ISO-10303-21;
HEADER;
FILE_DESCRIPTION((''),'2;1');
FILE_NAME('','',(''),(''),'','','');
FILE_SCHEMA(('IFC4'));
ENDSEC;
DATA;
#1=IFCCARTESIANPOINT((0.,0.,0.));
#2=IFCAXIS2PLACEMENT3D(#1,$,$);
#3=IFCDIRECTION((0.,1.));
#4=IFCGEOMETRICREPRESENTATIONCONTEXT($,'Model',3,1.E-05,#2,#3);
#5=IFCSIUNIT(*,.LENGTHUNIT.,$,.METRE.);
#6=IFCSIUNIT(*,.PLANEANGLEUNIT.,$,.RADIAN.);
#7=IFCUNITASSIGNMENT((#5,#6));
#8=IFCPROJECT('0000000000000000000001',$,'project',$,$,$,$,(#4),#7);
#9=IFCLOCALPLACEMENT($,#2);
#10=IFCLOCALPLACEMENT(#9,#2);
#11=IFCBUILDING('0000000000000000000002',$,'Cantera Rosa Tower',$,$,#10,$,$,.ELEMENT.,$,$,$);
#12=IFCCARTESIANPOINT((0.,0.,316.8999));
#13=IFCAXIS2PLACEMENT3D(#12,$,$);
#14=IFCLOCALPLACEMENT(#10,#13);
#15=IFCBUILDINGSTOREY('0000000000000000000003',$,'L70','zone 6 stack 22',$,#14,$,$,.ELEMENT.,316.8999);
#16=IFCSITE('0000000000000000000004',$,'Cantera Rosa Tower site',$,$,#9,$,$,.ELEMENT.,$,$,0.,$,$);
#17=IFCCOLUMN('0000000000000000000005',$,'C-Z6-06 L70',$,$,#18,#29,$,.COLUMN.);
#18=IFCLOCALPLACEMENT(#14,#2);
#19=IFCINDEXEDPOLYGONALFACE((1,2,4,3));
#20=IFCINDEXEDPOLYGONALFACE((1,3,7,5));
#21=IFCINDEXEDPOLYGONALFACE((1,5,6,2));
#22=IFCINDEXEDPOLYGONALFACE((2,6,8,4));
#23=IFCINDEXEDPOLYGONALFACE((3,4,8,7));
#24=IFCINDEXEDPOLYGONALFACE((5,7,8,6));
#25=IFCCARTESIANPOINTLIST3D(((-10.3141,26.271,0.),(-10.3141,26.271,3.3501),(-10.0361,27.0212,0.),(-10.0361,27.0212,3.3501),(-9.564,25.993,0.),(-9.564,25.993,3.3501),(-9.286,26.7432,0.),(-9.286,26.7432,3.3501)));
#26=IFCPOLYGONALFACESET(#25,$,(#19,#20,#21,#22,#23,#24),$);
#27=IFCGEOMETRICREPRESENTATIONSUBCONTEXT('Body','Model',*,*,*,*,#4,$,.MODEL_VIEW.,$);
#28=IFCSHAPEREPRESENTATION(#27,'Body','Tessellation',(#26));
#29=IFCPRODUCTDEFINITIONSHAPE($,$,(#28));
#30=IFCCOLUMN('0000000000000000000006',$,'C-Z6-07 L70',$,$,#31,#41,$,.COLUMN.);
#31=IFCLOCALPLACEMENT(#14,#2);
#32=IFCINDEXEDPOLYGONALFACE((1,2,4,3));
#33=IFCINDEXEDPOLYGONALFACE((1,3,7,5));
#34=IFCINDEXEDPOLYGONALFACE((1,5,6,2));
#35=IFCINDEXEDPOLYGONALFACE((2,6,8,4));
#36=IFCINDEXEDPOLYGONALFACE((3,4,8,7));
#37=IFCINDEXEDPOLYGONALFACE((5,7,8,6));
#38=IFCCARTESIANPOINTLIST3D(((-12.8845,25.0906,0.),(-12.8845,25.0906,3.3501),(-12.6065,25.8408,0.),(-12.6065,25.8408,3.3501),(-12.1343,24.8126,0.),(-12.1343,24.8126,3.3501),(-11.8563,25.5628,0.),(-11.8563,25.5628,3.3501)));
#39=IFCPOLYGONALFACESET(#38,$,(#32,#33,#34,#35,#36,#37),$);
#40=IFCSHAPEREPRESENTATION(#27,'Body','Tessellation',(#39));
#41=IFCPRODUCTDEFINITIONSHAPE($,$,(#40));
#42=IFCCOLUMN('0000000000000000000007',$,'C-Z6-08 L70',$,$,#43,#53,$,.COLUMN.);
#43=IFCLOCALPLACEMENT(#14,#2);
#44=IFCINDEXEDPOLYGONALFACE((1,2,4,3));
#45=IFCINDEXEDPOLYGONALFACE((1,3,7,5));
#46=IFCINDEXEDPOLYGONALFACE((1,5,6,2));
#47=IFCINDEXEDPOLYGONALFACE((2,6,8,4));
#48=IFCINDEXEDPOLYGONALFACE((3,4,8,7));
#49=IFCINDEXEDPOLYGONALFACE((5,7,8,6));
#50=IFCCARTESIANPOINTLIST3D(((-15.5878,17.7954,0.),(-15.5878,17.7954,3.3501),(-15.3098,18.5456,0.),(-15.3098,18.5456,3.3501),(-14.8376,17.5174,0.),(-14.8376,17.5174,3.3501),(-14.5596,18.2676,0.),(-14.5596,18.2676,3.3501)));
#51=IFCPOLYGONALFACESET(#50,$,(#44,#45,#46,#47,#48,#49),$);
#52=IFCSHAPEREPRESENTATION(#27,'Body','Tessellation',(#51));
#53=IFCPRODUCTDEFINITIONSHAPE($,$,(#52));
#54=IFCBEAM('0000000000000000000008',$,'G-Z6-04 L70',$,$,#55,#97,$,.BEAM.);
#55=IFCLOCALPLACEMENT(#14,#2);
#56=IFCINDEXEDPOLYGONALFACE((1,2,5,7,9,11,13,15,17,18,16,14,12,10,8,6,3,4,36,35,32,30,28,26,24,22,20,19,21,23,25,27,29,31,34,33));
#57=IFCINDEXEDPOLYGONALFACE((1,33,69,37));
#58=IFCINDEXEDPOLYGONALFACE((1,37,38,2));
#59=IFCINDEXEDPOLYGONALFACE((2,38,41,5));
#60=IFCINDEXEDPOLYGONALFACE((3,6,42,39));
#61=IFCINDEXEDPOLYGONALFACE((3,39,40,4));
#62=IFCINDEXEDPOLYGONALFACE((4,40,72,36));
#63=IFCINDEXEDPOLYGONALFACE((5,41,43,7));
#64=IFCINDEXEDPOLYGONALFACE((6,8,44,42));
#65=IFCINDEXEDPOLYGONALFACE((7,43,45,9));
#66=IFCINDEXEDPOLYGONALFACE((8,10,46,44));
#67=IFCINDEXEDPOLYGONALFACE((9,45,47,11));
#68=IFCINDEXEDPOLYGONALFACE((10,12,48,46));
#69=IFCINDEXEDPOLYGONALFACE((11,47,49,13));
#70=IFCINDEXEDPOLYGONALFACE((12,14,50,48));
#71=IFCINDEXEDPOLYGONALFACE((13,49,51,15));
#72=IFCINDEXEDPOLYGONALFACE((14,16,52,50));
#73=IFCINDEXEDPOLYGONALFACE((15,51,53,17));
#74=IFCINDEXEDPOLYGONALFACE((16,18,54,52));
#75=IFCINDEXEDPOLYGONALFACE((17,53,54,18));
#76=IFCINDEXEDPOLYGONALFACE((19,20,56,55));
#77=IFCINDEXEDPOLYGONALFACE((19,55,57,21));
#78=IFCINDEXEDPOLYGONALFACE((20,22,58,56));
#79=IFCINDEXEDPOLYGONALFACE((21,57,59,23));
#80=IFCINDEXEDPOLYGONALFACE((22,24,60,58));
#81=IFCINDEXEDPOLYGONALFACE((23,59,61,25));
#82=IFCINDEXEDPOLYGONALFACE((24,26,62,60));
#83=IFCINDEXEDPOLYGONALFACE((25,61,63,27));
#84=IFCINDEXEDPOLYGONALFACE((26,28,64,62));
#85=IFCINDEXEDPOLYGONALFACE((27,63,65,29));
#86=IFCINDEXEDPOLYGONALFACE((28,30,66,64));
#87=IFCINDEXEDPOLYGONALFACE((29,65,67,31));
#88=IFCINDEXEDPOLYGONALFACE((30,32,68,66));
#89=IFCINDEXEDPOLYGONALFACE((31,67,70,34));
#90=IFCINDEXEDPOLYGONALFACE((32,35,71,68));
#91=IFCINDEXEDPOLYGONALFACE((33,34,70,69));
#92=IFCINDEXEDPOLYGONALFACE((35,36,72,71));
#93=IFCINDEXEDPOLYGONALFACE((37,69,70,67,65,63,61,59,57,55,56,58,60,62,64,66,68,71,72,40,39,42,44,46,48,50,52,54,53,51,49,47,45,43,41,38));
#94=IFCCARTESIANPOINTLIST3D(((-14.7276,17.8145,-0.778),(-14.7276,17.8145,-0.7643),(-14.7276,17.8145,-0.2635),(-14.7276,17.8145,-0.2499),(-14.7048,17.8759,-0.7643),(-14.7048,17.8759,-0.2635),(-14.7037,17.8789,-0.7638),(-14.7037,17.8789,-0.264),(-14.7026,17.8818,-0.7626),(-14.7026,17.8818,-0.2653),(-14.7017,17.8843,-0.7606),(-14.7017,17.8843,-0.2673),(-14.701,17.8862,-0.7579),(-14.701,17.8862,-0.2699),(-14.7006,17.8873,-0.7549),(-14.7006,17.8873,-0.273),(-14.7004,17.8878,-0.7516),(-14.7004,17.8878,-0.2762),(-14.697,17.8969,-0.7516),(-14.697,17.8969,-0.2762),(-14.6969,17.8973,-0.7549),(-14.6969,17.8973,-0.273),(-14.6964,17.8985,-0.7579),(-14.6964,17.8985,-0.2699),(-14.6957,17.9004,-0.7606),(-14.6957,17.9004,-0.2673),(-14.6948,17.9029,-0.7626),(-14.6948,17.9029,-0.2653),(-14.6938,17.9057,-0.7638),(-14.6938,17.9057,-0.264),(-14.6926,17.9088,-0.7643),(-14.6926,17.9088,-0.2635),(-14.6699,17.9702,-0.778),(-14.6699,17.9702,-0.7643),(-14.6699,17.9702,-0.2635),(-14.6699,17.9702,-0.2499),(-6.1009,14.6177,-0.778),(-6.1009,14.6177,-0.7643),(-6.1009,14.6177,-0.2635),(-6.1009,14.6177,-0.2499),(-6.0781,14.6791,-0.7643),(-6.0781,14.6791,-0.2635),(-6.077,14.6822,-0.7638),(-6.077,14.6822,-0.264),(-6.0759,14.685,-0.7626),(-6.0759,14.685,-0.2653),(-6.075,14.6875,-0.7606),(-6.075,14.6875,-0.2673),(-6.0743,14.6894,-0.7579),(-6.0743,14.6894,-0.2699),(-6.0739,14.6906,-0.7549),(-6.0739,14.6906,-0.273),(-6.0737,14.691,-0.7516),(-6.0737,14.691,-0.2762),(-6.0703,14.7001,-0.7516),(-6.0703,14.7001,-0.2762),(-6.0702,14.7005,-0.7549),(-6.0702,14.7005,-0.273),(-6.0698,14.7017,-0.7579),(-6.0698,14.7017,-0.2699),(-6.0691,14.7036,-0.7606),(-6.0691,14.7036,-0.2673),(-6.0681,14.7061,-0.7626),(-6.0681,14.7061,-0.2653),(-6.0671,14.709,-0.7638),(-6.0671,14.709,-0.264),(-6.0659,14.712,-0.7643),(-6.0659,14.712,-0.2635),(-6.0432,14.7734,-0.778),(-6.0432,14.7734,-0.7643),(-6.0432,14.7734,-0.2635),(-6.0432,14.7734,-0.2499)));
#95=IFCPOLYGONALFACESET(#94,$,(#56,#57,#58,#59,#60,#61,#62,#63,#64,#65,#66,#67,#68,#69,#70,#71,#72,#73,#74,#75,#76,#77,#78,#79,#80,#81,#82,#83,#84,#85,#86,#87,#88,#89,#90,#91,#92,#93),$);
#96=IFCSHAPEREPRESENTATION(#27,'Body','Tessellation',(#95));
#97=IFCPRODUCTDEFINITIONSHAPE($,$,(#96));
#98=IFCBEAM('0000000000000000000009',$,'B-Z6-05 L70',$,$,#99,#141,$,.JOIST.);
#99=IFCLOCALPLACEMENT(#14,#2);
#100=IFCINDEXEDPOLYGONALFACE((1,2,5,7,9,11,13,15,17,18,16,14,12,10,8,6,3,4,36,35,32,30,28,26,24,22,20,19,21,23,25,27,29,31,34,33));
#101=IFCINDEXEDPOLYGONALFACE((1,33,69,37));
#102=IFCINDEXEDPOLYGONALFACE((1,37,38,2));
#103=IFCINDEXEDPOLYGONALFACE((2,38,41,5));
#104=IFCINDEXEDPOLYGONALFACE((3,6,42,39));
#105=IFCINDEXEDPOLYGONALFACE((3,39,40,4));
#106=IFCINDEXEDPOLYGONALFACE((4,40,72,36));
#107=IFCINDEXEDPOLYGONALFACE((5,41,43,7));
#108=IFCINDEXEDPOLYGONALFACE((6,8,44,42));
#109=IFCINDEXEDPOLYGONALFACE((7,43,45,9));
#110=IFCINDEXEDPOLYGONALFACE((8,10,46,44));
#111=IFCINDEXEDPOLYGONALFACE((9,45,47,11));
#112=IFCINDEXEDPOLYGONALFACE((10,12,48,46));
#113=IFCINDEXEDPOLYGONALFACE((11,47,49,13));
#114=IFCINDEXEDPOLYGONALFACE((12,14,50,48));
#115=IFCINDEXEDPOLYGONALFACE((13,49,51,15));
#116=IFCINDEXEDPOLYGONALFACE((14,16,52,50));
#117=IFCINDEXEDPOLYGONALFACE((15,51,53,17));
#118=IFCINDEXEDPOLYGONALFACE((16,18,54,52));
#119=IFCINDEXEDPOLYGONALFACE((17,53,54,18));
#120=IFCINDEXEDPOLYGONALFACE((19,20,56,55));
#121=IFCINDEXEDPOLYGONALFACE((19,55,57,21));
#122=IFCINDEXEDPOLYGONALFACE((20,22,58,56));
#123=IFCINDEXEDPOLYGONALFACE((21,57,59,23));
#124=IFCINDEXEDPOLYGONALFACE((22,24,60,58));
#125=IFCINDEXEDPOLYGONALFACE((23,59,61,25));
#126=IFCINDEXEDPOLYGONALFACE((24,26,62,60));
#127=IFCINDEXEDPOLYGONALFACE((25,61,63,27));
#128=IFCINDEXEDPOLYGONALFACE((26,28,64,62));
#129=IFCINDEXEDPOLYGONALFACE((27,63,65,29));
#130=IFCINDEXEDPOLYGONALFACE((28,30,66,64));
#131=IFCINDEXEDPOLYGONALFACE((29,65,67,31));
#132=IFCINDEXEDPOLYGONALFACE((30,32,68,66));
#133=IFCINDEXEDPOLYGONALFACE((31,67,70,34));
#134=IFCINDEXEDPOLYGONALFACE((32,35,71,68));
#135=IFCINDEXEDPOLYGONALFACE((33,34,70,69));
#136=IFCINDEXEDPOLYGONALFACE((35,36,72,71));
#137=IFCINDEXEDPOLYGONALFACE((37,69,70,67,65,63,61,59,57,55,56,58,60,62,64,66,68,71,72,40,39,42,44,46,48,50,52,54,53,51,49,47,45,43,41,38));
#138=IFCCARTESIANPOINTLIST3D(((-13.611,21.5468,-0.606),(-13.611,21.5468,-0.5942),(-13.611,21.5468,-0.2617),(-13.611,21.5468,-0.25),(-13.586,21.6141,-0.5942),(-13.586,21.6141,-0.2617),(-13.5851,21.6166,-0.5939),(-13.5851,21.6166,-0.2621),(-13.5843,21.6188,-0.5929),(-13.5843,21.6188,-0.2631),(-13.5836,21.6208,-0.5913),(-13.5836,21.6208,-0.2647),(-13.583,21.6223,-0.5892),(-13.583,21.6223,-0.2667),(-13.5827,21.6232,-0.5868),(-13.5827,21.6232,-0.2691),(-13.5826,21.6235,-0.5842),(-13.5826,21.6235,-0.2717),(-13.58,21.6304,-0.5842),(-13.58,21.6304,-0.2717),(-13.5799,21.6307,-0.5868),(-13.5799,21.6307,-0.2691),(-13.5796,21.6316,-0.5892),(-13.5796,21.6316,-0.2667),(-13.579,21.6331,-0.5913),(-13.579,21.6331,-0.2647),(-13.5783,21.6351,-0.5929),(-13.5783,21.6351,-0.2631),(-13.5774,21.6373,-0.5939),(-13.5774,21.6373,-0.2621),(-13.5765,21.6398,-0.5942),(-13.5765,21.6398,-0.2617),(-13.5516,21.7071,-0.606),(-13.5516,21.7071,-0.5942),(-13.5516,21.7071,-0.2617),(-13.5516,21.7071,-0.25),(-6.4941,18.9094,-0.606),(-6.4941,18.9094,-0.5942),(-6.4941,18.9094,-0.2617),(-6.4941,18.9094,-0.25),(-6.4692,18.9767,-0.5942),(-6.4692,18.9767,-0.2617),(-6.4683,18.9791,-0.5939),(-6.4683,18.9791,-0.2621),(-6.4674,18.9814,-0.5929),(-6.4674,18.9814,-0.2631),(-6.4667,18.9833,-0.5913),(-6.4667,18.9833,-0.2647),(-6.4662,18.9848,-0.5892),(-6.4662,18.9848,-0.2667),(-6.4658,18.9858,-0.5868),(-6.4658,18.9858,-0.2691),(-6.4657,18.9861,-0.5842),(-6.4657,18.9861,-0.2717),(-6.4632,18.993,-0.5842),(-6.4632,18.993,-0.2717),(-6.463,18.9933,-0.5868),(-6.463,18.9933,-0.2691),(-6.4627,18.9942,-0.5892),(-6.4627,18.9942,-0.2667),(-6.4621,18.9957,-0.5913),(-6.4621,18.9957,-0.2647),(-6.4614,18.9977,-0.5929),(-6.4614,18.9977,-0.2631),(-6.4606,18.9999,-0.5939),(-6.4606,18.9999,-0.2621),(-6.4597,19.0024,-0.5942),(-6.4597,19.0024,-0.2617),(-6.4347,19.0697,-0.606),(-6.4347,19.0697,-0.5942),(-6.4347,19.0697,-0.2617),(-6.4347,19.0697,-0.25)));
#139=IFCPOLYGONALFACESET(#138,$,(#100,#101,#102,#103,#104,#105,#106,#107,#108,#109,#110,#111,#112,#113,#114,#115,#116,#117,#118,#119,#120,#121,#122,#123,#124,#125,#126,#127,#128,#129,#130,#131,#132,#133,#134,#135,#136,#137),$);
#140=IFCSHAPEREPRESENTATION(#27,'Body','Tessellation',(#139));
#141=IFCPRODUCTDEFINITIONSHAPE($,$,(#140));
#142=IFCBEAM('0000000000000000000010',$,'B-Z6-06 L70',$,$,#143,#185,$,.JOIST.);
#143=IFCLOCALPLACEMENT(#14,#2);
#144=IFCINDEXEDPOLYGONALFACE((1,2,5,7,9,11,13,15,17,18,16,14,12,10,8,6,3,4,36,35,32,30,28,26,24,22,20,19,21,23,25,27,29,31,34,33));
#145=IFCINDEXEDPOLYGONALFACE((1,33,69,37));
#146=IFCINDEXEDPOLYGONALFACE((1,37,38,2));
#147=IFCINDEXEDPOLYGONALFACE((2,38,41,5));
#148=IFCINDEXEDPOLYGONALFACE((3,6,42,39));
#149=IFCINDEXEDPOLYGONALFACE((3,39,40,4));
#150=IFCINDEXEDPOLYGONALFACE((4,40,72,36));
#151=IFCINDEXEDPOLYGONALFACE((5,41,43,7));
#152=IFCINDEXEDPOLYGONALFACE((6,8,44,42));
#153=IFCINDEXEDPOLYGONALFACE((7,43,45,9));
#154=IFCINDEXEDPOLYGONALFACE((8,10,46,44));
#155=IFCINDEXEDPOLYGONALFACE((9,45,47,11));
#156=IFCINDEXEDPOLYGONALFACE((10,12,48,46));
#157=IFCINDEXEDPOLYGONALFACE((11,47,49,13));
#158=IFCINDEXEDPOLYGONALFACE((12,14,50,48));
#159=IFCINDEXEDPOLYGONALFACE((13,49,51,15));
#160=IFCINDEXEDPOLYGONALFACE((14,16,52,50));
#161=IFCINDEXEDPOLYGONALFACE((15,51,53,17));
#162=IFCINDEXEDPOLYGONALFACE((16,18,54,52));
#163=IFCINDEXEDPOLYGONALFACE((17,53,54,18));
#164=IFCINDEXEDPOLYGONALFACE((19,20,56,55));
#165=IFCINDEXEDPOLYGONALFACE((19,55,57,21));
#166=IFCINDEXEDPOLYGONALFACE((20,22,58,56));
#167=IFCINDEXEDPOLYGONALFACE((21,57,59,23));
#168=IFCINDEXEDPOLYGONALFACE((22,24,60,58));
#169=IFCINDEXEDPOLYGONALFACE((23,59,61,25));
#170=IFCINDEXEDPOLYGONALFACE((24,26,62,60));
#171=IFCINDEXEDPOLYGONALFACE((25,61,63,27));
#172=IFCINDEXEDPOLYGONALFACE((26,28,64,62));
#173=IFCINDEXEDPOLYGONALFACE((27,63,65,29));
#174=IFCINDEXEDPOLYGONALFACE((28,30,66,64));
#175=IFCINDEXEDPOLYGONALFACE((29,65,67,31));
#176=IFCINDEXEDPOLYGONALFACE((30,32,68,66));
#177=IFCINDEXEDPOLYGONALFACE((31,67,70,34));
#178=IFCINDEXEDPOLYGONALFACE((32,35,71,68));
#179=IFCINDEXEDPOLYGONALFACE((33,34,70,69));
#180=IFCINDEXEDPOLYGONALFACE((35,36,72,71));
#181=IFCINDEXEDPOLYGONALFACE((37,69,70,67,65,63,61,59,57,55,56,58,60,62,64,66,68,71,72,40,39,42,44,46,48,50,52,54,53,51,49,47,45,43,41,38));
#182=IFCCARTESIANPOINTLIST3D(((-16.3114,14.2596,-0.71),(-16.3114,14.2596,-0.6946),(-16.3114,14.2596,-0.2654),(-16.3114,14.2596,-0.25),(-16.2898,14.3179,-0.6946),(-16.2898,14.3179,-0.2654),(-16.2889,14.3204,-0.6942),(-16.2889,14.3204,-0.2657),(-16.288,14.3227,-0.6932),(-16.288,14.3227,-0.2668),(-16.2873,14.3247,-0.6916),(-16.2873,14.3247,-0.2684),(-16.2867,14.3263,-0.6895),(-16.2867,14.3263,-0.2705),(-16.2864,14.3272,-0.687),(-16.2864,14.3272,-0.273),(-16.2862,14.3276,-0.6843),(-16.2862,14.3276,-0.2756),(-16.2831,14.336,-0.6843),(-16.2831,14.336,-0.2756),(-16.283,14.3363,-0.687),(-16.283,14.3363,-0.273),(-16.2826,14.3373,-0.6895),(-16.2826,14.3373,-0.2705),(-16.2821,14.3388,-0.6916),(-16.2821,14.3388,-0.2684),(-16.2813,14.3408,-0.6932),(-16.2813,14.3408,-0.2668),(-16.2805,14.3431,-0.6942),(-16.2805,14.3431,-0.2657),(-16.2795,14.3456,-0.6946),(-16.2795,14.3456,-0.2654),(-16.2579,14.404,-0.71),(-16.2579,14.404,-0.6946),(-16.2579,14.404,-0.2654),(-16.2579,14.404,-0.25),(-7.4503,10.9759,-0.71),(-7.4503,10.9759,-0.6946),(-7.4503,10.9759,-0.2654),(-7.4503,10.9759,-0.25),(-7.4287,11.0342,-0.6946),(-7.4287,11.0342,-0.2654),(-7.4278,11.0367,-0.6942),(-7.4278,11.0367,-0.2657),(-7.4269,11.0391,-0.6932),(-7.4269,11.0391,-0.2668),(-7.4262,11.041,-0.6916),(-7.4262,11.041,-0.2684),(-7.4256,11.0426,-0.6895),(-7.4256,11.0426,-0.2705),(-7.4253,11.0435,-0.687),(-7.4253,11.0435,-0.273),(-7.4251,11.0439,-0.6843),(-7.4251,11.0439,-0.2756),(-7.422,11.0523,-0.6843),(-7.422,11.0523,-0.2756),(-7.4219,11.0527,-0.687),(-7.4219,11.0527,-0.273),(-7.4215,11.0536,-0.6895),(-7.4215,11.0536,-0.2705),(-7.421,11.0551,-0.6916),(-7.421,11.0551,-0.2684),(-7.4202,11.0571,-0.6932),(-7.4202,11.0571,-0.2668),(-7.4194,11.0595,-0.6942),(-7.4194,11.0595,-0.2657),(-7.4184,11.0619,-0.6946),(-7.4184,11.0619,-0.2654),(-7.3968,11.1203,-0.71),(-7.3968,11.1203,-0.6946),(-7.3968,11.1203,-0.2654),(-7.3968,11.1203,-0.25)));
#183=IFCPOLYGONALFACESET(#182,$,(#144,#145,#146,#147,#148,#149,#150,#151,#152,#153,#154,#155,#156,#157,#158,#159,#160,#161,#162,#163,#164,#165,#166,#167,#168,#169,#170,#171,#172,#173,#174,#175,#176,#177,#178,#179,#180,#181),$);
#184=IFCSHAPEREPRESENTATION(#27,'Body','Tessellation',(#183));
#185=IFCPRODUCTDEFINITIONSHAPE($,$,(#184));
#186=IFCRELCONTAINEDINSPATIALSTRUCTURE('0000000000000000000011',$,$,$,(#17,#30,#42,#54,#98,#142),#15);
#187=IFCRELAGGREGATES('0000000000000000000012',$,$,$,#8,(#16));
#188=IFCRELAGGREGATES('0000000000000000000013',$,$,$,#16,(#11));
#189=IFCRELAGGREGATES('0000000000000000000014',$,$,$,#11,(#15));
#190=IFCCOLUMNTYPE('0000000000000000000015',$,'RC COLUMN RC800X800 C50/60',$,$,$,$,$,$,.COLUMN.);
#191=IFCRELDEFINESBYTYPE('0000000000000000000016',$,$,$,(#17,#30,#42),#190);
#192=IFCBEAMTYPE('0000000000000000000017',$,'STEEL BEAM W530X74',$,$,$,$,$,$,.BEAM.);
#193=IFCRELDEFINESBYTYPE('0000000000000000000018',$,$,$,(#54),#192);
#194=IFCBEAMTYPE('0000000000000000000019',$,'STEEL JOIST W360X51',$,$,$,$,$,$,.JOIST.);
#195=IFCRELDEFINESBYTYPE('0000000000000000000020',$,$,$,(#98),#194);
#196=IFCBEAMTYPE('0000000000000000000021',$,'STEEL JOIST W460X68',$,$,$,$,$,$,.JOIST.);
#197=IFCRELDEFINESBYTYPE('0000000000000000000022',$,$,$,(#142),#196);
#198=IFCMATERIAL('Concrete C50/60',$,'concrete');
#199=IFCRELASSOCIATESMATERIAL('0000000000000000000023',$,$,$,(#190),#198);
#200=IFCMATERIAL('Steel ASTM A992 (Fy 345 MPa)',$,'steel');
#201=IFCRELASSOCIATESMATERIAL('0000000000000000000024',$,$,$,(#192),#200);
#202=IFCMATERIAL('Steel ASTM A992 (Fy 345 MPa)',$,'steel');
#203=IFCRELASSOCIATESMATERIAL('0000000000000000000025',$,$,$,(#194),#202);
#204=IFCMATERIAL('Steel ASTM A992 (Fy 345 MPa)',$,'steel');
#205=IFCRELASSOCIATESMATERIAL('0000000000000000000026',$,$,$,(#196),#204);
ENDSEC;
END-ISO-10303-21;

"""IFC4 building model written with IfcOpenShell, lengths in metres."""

from ifc_helpers import new_model, si_unit, direction, frame, origin, origin_2d, place, context, subcontext, project, spatial, rectangle, i_section, extrude, material, material_profile, profile_set, type_object, element, save


model = new_model("IFC4")

# Units and contexts
model_context = context("Model", 3, precision=1e-05, world=origin(), true_north=direction((0.0, 1.0)))
body_context = subcontext(model_context, "Body", "Model", "MODEL_VIEW")
ifc_project = project(units=[si_unit("LENGTHUNIT", "METRE"), si_unit("PLANEANGLEUNIT", "RADIAN")], contexts=[model_context])

# Site, building, storey
site_placement = place(None, origin())
site = spatial("IfcSite", under=ifc_project, at=site_placement, Name="Cantera Rosa Tower site", CompositionType="ELEMENT", RefElevation=0.0)
building_placement = place(site_placement, origin())
building = spatial("IfcBuilding", under=site, at=building_placement, Name="Cantera Rosa Tower", CompositionType="ELEMENT")
storey_placement = place(building_placement, frame((0.0, 0.0, 316.8999)))
storey = spatial("IfcBuildingStorey", under=building, at=storey_placement, Name="L70", Description="zone 6 stack 22", CompositionType="ELEMENT", Elevation=316.8999)

# Columns
ifc_material_1 = material(Name="Concrete C50/60", Category="concrete")
ifc_material_profile_1 = material_profile(ifc_material_1, rectangle(XDim=0.8, YDim=0.8, at=origin_2d()), Name="RC COLUMN RC800X800 C50/60")
ifc_profile_set_1 = profile_set([ifc_material_profile_1], Name="Concrete C50/60")
column_type = type_object("IfcColumnType", Name="RC COLUMN RC800X800 C50/60", PredefinedType="COLUMN", material=ifc_profile_set_1)
for number, where, z_axis, x_axis, name in (
    (1, (-9.8, 26.5071, 0.0), (0.0, 0.0, 1.0), (0.347481, 0.937687, 0.0), "C-Z6-06 L70"),
    (2, (-12.3704, 25.3267, 0.0), (0.0, 0.0, 1.0), (0.347481, 0.937687, 0.0), "C-Z6-07 L70"),
    (3, (-15.0737, 18.0315, 0.0), (0.0, 0.0, 1.0), (0.347481, 0.937687, 0.0), "C-Z6-08 L70"),
):
    element("IfcColumn", number, at=place(storey_placement, frame(where, z_axis=z_axis, x_axis=x_axis)), inside=storey, type_object=column_type, Name=name, PredefinedType="COLUMN", context=body_context, shape_type="SweptSolid", body=[
        extrude(rectangle(XDim=0.8, YDim=0.8, at=origin_2d()), origin(), (0.0, 0.0, 1.0), 3.3501),
    ])

# Beams
ifc_material_2 = material(Name="Steel ASTM A992 (Fy 345 MPa)", Category="steel")
ifc_material_profile_2 = material_profile(ifc_material_2, i_section(OverallWidth=0.166, OverallDepth=0.5281, WebThickness=0.0098, FlangeThickness=0.0137, FilletRadius=0.0127, at=origin_2d()), Name="W530X74")
ifc_profile_set_2 = profile_set([ifc_material_profile_2], Name="Steel ASTM A992 (Fy 345 MPa)")
beam_type_1 = type_object("IfcBeamType", Name="STEEL BEAM W530X74", PredefinedType="BEAM", material=ifc_profile_set_2)
beam_1_placement = place(storey_placement, frame((-14.6987, 17.8923, -0.5139), z_axis=(0.937689, -0.347477, 0.0), x_axis=(0.347477, 0.937689, 0.0)))
element("IfcBeam", 4, at=beam_1_placement, inside=storey, type_object=beam_type_1, Name="G-Z6-04 L70", PredefinedType="BEAM", context=body_context, shape_type="SweptSolid", body=[
    extrude(i_section(OverallWidth=0.166, OverallDepth=0.5281, WebThickness=0.0098, FlangeThickness=0.0137, FilletRadius=0.0127, at=origin_2d()), origin(), (0.0, 0.0, 1.0), 9.2),
])
ifc_material_3 = material(Name="Steel ASTM A992 (Fy 345 MPa)", Category="steel")
ifc_material_profile_3 = material_profile(ifc_material_3, i_section(OverallWidth=0.1709, OverallDepth=0.356, WebThickness=0.0073, FlangeThickness=0.0117, FilletRadius=0.01, at=origin_2d()), Name="W360X51")
ifc_profile_set_3 = profile_set([ifc_material_profile_3], Name="Steel ASTM A992 (Fy 345 MPa)")
beam_type_2 = type_object("IfcBeamType", Name="STEEL JOIST W360X51", PredefinedType="JOIST", material=ifc_profile_set_3)
beam_2_placement = place(storey_placement, frame((-13.5813, 21.627, -0.428), z_axis=(0.937682, -0.347493, 0.0), x_axis=(0.347493, 0.937682, 0.0)))
element("IfcBeam", 5, at=beam_2_placement, inside=storey, type_object=beam_type_2, Name="B-Z6-05 L70", PredefinedType="JOIST", context=body_context, shape_type="SweptSolid", body=[
    extrude(i_section(OverallWidth=0.1709, OverallDepth=0.356, WebThickness=0.0073, FlangeThickness=0.0117, FilletRadius=0.01, at=origin_2d()), origin(), (0.0, 0.0, 1.0), 7.5898),
])
ifc_material_4 = material(Name="Steel ASTM A992 (Fy 345 MPa)", Category="steel")
ifc_material_profile_4 = material_profile(ifc_material_4, i_section(OverallWidth=0.1541, OverallDepth=0.46, WebThickness=0.009, FlangeThickness=0.0154, FilletRadius=0.0103, at=origin_2d()), Name="W460X68")
ifc_profile_set_4 = profile_set([ifc_material_profile_4], Name="Steel ASTM A992 (Fy 345 MPa)")
beam_type_3 = type_object("IfcBeamType", Name="STEEL JOIST W460X68", PredefinedType="JOIST", material=ifc_profile_set_4)
beam_3_placement = place(storey_placement, frame((-16.2847, 14.3318, -0.48), z_axis=(0.937686, -0.347483, 0.0), x_axis=(0.347483, 0.937686, 0.0)))
element("IfcBeam", 6, at=beam_3_placement, inside=storey, type_object=beam_type_3, Name="B-Z6-06 L70", PredefinedType="JOIST", context=body_context, shape_type="SweptSolid", body=[
    extrude(i_section(OverallWidth=0.1541, OverallDepth=0.46, WebThickness=0.009, FlangeThickness=0.0154, FilletRadius=0.0103, at=origin_2d()), origin(), (0.0, 0.0, 1.0), 9.45),
])

save(model, "model.ifc")
